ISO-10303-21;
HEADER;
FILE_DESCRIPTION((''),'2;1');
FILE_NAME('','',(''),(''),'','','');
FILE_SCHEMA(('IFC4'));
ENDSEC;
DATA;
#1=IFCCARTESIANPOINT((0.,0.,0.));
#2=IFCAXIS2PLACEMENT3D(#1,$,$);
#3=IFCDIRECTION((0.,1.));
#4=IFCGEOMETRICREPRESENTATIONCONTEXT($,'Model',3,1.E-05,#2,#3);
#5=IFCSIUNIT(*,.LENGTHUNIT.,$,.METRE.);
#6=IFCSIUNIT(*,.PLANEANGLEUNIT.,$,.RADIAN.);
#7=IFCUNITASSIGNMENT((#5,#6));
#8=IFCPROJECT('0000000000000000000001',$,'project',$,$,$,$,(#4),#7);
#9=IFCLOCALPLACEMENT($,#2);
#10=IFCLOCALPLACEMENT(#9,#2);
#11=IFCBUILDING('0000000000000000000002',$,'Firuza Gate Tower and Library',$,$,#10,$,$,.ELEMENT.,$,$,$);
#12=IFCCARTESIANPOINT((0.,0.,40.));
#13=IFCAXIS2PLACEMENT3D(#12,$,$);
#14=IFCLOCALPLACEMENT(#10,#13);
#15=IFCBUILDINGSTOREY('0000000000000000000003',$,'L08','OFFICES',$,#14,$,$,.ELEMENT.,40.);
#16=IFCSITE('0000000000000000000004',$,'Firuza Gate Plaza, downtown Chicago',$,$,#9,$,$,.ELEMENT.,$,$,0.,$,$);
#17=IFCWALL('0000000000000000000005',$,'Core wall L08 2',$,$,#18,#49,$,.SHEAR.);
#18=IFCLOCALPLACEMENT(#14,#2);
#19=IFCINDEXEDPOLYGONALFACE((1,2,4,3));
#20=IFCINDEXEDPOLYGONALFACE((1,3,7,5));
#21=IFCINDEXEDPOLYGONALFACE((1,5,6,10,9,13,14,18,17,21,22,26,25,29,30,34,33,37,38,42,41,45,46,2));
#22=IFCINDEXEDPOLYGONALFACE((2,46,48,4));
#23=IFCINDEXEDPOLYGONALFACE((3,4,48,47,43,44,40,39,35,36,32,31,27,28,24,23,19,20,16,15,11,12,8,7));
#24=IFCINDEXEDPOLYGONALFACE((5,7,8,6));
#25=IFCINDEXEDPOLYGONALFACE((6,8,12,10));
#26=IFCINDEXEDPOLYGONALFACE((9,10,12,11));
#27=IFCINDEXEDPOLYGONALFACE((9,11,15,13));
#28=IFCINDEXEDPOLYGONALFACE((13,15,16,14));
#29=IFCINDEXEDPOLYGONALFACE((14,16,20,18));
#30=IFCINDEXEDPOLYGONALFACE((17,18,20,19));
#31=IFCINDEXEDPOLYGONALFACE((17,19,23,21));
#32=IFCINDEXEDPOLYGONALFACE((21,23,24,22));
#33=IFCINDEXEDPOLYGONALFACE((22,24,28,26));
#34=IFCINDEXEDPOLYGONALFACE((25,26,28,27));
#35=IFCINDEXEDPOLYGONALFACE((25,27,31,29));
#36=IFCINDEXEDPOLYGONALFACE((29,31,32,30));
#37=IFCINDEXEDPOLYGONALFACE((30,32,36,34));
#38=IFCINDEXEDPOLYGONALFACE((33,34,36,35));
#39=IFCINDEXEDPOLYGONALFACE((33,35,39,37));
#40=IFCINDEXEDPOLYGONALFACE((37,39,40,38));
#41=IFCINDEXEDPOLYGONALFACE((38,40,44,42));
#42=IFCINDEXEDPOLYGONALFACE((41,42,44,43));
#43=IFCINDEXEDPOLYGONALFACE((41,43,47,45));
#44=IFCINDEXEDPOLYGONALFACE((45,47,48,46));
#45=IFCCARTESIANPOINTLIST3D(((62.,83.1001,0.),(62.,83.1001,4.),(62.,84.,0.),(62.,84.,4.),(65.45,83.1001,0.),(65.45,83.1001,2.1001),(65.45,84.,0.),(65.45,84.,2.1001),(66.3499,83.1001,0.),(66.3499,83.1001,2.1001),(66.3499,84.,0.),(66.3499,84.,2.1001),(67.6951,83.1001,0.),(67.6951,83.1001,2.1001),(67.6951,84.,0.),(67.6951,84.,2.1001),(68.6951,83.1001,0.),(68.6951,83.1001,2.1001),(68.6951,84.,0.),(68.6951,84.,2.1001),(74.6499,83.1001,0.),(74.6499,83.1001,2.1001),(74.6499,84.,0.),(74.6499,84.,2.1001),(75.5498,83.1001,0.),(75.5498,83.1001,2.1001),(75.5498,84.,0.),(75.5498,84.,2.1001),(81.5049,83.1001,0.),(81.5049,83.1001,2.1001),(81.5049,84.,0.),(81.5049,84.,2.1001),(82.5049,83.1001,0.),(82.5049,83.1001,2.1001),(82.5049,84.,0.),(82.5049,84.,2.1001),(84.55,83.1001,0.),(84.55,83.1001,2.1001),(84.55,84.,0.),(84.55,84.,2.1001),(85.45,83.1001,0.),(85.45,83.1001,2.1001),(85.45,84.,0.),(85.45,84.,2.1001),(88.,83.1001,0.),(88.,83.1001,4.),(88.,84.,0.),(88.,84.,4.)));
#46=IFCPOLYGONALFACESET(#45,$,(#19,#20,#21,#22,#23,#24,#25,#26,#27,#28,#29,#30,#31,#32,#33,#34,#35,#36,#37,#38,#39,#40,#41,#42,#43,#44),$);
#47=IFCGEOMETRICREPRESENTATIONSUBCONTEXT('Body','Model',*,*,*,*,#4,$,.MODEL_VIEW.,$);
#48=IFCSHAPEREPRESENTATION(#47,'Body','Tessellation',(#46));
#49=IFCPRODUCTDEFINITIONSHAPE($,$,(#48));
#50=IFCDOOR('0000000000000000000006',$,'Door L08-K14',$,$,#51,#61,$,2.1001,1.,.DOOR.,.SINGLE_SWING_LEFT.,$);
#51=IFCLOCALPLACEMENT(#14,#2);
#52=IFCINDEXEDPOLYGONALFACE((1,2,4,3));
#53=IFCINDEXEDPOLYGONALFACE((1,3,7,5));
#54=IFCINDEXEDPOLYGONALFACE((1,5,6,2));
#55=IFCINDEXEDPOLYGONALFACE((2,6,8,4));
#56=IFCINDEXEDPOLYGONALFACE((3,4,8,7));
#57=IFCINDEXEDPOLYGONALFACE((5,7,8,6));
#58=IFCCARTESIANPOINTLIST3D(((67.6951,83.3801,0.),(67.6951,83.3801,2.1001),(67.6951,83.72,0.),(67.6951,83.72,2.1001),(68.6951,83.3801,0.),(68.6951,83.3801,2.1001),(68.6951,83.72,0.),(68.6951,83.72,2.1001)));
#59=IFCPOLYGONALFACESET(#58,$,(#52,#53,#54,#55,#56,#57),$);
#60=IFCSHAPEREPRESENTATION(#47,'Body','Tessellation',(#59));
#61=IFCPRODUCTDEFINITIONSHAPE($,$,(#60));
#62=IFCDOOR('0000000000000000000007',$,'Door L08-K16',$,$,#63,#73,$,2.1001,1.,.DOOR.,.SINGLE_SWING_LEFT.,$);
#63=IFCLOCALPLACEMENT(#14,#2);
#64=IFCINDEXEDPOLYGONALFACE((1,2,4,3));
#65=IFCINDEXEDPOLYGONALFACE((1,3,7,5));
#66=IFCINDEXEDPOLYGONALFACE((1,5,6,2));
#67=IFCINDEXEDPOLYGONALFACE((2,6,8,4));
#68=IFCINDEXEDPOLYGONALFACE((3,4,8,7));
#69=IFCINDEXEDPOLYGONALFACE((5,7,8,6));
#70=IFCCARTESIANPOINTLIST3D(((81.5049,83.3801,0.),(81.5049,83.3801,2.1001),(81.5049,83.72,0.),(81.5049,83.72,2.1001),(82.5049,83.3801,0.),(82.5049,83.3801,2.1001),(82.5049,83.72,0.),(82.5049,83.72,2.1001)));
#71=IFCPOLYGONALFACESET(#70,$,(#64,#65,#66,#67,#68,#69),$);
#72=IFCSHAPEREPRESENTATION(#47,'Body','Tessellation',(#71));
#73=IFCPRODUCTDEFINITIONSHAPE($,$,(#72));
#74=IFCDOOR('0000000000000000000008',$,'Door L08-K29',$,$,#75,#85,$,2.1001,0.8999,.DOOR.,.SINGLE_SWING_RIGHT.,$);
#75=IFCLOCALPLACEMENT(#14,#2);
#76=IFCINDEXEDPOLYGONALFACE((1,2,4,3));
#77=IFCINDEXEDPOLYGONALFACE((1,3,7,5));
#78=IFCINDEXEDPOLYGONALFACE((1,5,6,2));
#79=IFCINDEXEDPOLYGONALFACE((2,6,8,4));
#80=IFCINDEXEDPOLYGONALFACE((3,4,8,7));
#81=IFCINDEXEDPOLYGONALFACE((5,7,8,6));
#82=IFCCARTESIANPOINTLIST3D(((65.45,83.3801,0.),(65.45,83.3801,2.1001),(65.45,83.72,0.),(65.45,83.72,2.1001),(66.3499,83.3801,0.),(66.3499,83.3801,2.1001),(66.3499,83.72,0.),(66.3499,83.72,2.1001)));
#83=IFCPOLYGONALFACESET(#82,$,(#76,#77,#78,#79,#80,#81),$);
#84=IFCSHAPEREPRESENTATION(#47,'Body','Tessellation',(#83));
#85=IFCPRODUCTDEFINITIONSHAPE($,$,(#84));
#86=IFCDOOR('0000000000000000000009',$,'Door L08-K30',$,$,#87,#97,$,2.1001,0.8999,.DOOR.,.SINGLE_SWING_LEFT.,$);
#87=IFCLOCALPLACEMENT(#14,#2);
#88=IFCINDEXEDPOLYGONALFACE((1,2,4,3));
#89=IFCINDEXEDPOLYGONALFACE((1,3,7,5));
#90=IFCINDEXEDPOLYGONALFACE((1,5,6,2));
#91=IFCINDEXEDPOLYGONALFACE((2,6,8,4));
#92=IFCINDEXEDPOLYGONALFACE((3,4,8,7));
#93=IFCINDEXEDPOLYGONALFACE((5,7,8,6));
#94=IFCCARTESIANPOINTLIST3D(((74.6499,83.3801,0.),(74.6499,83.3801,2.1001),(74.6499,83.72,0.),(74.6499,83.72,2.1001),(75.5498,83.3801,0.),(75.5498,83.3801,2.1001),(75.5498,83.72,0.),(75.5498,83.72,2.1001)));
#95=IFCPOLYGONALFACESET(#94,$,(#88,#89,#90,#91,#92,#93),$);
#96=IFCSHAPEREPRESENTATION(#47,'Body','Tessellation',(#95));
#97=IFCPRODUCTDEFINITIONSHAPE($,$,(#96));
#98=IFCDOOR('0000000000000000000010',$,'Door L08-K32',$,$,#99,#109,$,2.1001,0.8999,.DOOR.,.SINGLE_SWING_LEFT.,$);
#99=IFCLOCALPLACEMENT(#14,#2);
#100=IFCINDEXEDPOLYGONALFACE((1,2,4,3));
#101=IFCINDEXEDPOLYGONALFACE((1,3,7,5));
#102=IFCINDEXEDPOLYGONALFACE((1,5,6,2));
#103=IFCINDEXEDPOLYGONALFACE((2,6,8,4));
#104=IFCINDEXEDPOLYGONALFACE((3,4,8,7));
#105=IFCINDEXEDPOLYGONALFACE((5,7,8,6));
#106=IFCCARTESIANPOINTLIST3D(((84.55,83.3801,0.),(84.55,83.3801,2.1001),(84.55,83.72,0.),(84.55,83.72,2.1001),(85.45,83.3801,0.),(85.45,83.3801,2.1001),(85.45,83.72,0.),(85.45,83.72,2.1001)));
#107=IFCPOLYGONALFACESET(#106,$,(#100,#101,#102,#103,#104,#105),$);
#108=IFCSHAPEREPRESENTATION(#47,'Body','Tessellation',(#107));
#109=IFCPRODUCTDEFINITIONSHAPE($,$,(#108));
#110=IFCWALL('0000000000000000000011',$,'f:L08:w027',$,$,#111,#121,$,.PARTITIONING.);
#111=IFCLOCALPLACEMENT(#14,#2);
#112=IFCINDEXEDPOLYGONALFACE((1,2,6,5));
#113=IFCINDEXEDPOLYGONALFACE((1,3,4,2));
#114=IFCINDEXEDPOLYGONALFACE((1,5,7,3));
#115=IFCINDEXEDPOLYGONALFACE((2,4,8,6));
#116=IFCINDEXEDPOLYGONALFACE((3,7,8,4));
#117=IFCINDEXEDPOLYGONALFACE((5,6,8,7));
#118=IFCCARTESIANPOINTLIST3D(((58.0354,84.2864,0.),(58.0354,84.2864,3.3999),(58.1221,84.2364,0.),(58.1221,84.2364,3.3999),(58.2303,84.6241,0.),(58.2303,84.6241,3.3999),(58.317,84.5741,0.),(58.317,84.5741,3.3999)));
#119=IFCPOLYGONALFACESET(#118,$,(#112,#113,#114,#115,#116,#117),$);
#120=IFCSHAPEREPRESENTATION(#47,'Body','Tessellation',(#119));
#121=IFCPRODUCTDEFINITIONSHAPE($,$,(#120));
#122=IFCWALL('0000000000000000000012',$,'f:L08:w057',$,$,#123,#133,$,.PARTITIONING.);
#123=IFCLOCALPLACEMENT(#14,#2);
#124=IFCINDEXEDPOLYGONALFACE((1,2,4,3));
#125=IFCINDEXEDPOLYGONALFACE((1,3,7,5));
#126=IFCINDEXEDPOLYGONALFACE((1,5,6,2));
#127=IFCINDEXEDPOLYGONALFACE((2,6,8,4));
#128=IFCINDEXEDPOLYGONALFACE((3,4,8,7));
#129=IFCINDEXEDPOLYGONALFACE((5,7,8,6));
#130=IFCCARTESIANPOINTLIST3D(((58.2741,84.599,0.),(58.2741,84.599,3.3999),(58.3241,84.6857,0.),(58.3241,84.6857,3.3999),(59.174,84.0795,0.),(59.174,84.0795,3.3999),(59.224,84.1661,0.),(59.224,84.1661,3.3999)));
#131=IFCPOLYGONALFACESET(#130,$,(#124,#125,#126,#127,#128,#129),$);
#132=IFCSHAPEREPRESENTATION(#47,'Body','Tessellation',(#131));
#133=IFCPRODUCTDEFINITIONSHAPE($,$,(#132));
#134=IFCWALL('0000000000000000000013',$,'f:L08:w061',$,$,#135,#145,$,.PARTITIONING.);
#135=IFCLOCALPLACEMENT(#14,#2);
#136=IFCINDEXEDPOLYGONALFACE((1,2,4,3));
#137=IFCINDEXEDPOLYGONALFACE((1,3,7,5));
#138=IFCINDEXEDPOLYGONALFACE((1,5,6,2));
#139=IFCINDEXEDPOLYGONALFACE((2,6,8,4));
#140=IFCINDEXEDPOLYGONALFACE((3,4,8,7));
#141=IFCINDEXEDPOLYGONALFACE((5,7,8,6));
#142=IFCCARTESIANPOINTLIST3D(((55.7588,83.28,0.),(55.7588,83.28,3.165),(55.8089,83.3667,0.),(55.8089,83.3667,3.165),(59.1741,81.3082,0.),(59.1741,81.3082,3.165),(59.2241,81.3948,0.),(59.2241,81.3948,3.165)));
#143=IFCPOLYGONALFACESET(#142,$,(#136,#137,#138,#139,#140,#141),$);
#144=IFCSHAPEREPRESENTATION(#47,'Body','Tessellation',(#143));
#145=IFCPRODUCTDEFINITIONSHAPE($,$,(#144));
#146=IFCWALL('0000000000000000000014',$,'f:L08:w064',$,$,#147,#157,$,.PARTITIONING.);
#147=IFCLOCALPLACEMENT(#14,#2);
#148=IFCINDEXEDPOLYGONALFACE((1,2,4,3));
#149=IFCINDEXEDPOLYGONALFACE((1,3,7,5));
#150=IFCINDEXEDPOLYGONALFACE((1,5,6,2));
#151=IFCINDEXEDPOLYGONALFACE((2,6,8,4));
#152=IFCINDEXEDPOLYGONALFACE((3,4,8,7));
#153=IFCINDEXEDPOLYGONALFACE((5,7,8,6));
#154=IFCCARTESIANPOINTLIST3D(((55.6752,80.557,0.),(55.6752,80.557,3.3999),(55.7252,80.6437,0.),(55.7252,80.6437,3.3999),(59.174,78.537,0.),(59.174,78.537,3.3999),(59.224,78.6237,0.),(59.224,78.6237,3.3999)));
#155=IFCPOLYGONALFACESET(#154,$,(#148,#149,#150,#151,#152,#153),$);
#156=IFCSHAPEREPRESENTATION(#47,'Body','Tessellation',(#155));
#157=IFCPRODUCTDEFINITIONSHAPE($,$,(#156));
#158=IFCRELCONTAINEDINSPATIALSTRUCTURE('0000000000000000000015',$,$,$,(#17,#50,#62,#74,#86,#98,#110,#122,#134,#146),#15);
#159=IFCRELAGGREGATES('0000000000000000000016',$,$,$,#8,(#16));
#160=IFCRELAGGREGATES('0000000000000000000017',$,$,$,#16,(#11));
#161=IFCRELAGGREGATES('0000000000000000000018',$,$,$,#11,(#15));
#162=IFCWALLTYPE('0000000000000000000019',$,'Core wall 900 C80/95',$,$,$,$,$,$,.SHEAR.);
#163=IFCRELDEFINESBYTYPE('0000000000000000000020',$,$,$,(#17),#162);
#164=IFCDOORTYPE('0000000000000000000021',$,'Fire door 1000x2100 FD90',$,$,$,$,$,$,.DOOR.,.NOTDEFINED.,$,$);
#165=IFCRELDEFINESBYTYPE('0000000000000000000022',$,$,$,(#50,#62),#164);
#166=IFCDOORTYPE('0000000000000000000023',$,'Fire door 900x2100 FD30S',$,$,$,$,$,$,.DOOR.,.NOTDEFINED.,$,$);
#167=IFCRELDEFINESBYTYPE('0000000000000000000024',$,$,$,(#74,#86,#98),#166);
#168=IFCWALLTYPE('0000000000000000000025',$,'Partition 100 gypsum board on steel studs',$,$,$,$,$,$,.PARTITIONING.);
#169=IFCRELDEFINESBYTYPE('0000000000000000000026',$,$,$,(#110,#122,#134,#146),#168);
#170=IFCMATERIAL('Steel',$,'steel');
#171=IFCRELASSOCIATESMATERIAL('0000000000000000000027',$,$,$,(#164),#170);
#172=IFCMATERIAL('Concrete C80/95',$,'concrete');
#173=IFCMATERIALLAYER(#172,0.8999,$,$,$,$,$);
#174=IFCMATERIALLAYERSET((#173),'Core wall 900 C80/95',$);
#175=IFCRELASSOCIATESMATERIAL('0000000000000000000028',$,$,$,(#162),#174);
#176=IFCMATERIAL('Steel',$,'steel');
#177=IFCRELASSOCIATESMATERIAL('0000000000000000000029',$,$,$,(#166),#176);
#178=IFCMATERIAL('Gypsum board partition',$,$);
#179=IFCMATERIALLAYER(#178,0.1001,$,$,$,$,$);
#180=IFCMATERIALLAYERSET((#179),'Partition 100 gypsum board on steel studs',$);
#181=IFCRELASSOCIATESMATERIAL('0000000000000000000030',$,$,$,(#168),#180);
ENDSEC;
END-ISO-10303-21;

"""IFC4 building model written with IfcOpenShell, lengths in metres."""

from ifc_helpers import new_model, si_unit, direction, frame, frame_2d, origin, place, context, subcontext, project, spatial, rectangle, extrude, material, layer, layer_set, type_object, element, fill, save


model = new_model("IFC4")

# Units and contexts
model_context = context("Model", 3, precision=1e-05, world=origin(), true_north=direction((0.0, 1.0)))
body_context = subcontext(model_context, "Body", "Model", "MODEL_VIEW")
ifc_project = project(units=[si_unit("LENGTHUNIT", "METRE"), si_unit("PLANEANGLEUNIT", "RADIAN")], contexts=[model_context])

# Site, building, storey
site_placement = place(None, origin())
site = spatial("IfcSite", under=ifc_project, at=site_placement, Name="Firuza Gate Plaza, downtown Chicago", CompositionType="ELEMENT", RefElevation=0.0)
building_placement = place(site_placement, origin())
building = spatial("IfcBuilding", under=site, at=building_placement, Name="Firuza Gate Tower and Library", CompositionType="ELEMENT")
storey_placement = place(building_placement, frame((0.0, 0.0, 40.0)))
storey = spatial("IfcBuildingStorey", under=building, at=storey_placement, Name="L08", Description="OFFICES", CompositionType="ELEMENT", Elevation=40.0)

# Shared definitions
ifc_material_1 = material(Name="Steel", Category="steel")
door_type_1 = type_object("IfcDoorType", Name="Fire door 1000x2100 FD90", OperationType="NOTDEFINED", PredefinedType="DOOR", material=ifc_material_1)

# Wall, openings, doors
ifc_material_2 = material(Name="Concrete C80/95", Category="concrete")
ifc_layer_1 = layer(ifc_material_2, 0.8999)
ifc_layer_set_1 = layer_set([ifc_layer_1], Name="Core wall 900 C80/95")
wall_type_1 = type_object("IfcWallType", Name="Core wall 900 C80/95", PredefinedType="SHEAR", material=ifc_layer_set_1)
wall_1_placement = place(storey_placement, frame((62.0, 83.55, 0.0), z_axis=(0.0, 0.0, 1.0), x_axis=(1.0, 0.0, 0.0)))
wall_1 = element("IfcWall", 1, at=wall_1_placement, inside=storey, type_object=wall_type_1, Name="Core wall L08 2", PredefinedType="SHEAR", context=body_context, shape_type="SweptSolid", body=[
    extrude(rectangle(XDim=26.0, YDim=0.8999, at=frame_2d((13.0, 0.0))), origin(), (0.0, 0.0, 1.0), 4.0),
])
opening_1_placement = place(wall_1_placement, frame((5.6951, 0.0, 0.0)))
opening_1 = element("IfcOpeningElement", 2, at=opening_1_placement, cuts=wall_1, PredefinedType="OPENING", context=body_context, shape_type="SweptSolid", body=[
    extrude(rectangle(XDim=1.0, YDim=2.1001, at=frame_2d((0.5, 1.05))), frame((0.0, 0.46, 0.0), z_axis=(0.0, -1.0, 0.0), x_axis=(1.0, 0.0, 0.0)), (0.0, 0.0, 1.0), 0.9199),
])
opening_2_placement = place(wall_1_placement, frame((19.5049, 0.0, 0.0)))
opening_2 = element("IfcOpeningElement", 3, at=opening_2_placement, cuts=wall_1, PredefinedType="OPENING", context=body_context, shape_type="SweptSolid", body=[
    extrude(rectangle(XDim=1.0, YDim=2.1001, at=frame_2d((0.5, 1.05))), frame((0.0, 0.46, 0.0), z_axis=(0.0, -1.0, 0.0), x_axis=(1.0, 0.0, 0.0)), (0.0, 0.0, 1.0), 0.9199),
])
opening_3_placement = place(wall_1_placement, frame((3.45, 0.0, 0.0)))
opening_3 = element("IfcOpeningElement", 4, at=opening_3_placement, cuts=wall_1, PredefinedType="OPENING", context=body_context, shape_type="SweptSolid", body=[
    extrude(rectangle(XDim=0.8999, YDim=2.1001, at=frame_2d((0.45, 1.05))), frame((0.0, 0.46, 0.0), z_axis=(0.0, -1.0, 0.0), x_axis=(1.0, 0.0, 0.0)), (0.0, 0.0, 1.0), 0.9199),
])
opening_4_placement = place(wall_1_placement, frame((12.6499, 0.0, 0.0)))
opening_4 = element("IfcOpeningElement", 5, at=opening_4_placement, cuts=wall_1, PredefinedType="OPENING", context=body_context, shape_type="SweptSolid", body=[
    extrude(rectangle(XDim=0.8999, YDim=2.1001, at=frame_2d((0.45, 1.05))), frame((0.0, 0.46, 0.0), z_axis=(0.0, -1.0, 0.0), x_axis=(1.0, 0.0, 0.0)), (0.0, 0.0, 1.0), 0.9199),
])
opening_5_placement = place(wall_1_placement, frame((22.55, 0.0, 0.0)))
opening_5 = element("IfcOpeningElement", 6, at=opening_5_placement, cuts=wall_1, PredefinedType="OPENING", context=body_context, shape_type="SweptSolid", body=[
    extrude(rectangle(XDim=0.8999, YDim=2.1001, at=frame_2d((0.45, 1.05))), frame((0.0, 0.46, 0.0), z_axis=(0.0, -1.0, 0.0), x_axis=(1.0, 0.0, 0.0)), (0.0, 0.0, 1.0), 0.9199),
])
door_1_placement = place(opening_1_placement, origin())
door_1 = element("IfcDoor", 7, at=door_1_placement, inside=storey, type_object=door_type_1, Name="Door L08-K14", OperationType="SINGLE_SWING_LEFT", OverallHeight=2.1001, OverallWidth=1.0, PredefinedType="DOOR", context=body_context, shape_type="SweptSolid", body=[
    extrude(rectangle(XDim=1.0, YDim=2.1001, at=frame_2d((0.5, 1.05))), frame((0.0, 0.1699, 0.0), z_axis=(0.0, -1.0, 0.0), x_axis=(1.0, 0.0, 0.0)), (0.0, 0.0, 1.0), 0.3398),
])
fill(opening_1, door_1)
door_2_placement = place(opening_2_placement, origin())
door_2 = element("IfcDoor", 8, at=door_2_placement, inside=storey, type_object=door_type_1, Name="Door L08-K16", OperationType="SINGLE_SWING_LEFT", OverallHeight=2.1001, OverallWidth=1.0, PredefinedType="DOOR", context=body_context, shape_type="SweptSolid", body=[
    extrude(rectangle(XDim=1.0, YDim=2.1001, at=frame_2d((0.5, 1.05))), frame((0.0, 0.1699, 0.0), z_axis=(0.0, -1.0, 0.0), x_axis=(1.0, 0.0, 0.0)), (0.0, 0.0, 1.0), 0.3398),
])
fill(opening_2, door_2)
ifc_material_3 = material(Name="Steel", Category="steel")
door_type_2 = type_object("IfcDoorType", Name="Fire door 900x2100 FD30S", OperationType="NOTDEFINED", PredefinedType="DOOR", material=ifc_material_3)
door_3_placement = place(opening_3_placement, origin())
door_3 = element("IfcDoor", 9, at=door_3_placement, inside=storey, type_object=door_type_2, Name="Door L08-K29", OperationType="SINGLE_SWING_RIGHT", OverallHeight=2.1001, OverallWidth=0.8999, PredefinedType="DOOR", context=body_context, shape_type="SweptSolid", body=[
    extrude(rectangle(XDim=0.8999, YDim=2.1001, at=frame_2d((0.45, 1.05))), frame((0.0, 0.1699, 0.0), z_axis=(0.0, -1.0, 0.0), x_axis=(1.0, 0.0, 0.0)), (0.0, 0.0, 1.0), 0.3398),
])
fill(opening_3, door_3)
door_4_placement = place(opening_4_placement, origin())
door_4 = element("IfcDoor", 10, at=door_4_placement, inside=storey, type_object=door_type_2, Name="Door L08-K30", OperationType="SINGLE_SWING_LEFT", OverallHeight=2.1001, OverallWidth=0.8999, PredefinedType="DOOR", context=body_context, shape_type="SweptSolid", body=[
    extrude(rectangle(XDim=0.8999, YDim=2.1001, at=frame_2d((0.45, 1.05))), frame((0.0, 0.1699, 0.0), z_axis=(0.0, -1.0, 0.0), x_axis=(1.0, 0.0, 0.0)), (0.0, 0.0, 1.0), 0.3398),
])
fill(opening_4, door_4)
door_5_placement = place(opening_5_placement, origin())
door_5 = element("IfcDoor", 11, at=door_5_placement, inside=storey, type_object=door_type_2, Name="Door L08-K32", OperationType="SINGLE_SWING_LEFT", OverallHeight=2.1001, OverallWidth=0.8999, PredefinedType="DOOR", context=body_context, shape_type="SweptSolid", body=[
    extrude(rectangle(XDim=0.8999, YDim=2.1001, at=frame_2d((0.45, 1.05))), frame((0.0, 0.1699, 0.0), z_axis=(0.0, -1.0, 0.0), x_axis=(1.0, 0.0, 0.0)), (0.0, 0.0, 1.0), 0.3398),
])
fill(opening_5, door_5)

# Walls
ifc_material_4 = material(Name="Gypsum board partition")
ifc_layer_2 = layer(ifc_material_4, 0.1001)
ifc_layer_set_2 = layer_set([ifc_layer_2], Name="Partition 100 gypsum board on steel studs")
wall_type_2 = type_object("IfcWallType", Name="Partition 100 gypsum board on steel studs", PredefinedType="PARTITIONING", material=ifc_layer_set_2)
wall_2_placement = place(storey_placement, frame((58.0789, 84.2615, 0.0), z_axis=(0.0, 0.0, 1.0), x_axis=(0.499777, 0.866154, 0.0)))
element("IfcWall", 12, at=wall_2_placement, inside=storey, type_object=wall_type_2, Name="f:L08:w027", PredefinedType="PARTITIONING", context=body_context, shape_type="SweptSolid", body=[
    extrude(rectangle(XDim=0.3899, YDim=0.1001, at=frame_2d((0.1948, 0.0))), origin(), (0.0, 0.0, 1.0), 3.3999),
])
wall_3_placement = place(storey_placement, frame((59.199, 84.1228, 0.0), z_axis=(0.0, 0.0, 1.0), x_axis=(-0.866037, 0.49998, 0.0)))
element("IfcWall", 13, at=wall_3_placement, inside=storey, type_object=wall_type_2, Name="f:L08:w057", PredefinedType="PARTITIONING", context=body_context, shape_type="SweptSolid", body=[
    extrude(rectangle(XDim=1.0391, YDim=0.1001, at=frame_2d((0.5195, 0.0))), origin(), (0.0, 0.0, 1.0), 3.3999),
])
wall_4_placement = place(storey_placement, frame((59.199, 81.3516, 0.0), z_axis=(0.0, 0.0, 1.0), x_axis=(-0.866013, 0.500021, 0.0)))
element("IfcWall", 14, at=wall_4_placement, inside=storey, type_object=wall_type_2, Name="f:L08:w061", PredefinedType="PARTITIONING", context=body_context, shape_type="SweptSolid", body=[
    extrude(rectangle(XDim=3.9436, YDim=0.1001, at=frame_2d((1.9717, 0.0))), origin(), (0.0, 0.0, 1.0), 3.165),
])
wall_5_placement = place(storey_placement, frame((59.199, 78.5803, 0.0), z_axis=(0.0, 0.0, 1.0), x_axis=(-0.866026, 0.5, 0.0)))
element("IfcWall", 15, at=wall_5_placement, inside=storey, type_object=wall_type_2, Name="f:L08:w064", PredefinedType="PARTITIONING", context=body_context, shape_type="SweptSolid", body=[
    extrude(rectangle(XDim=4.04, YDim=0.1001, at=frame_2d((2.02, 0.0))), origin(), (0.0, 0.0, 1.0), 3.3999),
])

save(model, "model.ifc")
